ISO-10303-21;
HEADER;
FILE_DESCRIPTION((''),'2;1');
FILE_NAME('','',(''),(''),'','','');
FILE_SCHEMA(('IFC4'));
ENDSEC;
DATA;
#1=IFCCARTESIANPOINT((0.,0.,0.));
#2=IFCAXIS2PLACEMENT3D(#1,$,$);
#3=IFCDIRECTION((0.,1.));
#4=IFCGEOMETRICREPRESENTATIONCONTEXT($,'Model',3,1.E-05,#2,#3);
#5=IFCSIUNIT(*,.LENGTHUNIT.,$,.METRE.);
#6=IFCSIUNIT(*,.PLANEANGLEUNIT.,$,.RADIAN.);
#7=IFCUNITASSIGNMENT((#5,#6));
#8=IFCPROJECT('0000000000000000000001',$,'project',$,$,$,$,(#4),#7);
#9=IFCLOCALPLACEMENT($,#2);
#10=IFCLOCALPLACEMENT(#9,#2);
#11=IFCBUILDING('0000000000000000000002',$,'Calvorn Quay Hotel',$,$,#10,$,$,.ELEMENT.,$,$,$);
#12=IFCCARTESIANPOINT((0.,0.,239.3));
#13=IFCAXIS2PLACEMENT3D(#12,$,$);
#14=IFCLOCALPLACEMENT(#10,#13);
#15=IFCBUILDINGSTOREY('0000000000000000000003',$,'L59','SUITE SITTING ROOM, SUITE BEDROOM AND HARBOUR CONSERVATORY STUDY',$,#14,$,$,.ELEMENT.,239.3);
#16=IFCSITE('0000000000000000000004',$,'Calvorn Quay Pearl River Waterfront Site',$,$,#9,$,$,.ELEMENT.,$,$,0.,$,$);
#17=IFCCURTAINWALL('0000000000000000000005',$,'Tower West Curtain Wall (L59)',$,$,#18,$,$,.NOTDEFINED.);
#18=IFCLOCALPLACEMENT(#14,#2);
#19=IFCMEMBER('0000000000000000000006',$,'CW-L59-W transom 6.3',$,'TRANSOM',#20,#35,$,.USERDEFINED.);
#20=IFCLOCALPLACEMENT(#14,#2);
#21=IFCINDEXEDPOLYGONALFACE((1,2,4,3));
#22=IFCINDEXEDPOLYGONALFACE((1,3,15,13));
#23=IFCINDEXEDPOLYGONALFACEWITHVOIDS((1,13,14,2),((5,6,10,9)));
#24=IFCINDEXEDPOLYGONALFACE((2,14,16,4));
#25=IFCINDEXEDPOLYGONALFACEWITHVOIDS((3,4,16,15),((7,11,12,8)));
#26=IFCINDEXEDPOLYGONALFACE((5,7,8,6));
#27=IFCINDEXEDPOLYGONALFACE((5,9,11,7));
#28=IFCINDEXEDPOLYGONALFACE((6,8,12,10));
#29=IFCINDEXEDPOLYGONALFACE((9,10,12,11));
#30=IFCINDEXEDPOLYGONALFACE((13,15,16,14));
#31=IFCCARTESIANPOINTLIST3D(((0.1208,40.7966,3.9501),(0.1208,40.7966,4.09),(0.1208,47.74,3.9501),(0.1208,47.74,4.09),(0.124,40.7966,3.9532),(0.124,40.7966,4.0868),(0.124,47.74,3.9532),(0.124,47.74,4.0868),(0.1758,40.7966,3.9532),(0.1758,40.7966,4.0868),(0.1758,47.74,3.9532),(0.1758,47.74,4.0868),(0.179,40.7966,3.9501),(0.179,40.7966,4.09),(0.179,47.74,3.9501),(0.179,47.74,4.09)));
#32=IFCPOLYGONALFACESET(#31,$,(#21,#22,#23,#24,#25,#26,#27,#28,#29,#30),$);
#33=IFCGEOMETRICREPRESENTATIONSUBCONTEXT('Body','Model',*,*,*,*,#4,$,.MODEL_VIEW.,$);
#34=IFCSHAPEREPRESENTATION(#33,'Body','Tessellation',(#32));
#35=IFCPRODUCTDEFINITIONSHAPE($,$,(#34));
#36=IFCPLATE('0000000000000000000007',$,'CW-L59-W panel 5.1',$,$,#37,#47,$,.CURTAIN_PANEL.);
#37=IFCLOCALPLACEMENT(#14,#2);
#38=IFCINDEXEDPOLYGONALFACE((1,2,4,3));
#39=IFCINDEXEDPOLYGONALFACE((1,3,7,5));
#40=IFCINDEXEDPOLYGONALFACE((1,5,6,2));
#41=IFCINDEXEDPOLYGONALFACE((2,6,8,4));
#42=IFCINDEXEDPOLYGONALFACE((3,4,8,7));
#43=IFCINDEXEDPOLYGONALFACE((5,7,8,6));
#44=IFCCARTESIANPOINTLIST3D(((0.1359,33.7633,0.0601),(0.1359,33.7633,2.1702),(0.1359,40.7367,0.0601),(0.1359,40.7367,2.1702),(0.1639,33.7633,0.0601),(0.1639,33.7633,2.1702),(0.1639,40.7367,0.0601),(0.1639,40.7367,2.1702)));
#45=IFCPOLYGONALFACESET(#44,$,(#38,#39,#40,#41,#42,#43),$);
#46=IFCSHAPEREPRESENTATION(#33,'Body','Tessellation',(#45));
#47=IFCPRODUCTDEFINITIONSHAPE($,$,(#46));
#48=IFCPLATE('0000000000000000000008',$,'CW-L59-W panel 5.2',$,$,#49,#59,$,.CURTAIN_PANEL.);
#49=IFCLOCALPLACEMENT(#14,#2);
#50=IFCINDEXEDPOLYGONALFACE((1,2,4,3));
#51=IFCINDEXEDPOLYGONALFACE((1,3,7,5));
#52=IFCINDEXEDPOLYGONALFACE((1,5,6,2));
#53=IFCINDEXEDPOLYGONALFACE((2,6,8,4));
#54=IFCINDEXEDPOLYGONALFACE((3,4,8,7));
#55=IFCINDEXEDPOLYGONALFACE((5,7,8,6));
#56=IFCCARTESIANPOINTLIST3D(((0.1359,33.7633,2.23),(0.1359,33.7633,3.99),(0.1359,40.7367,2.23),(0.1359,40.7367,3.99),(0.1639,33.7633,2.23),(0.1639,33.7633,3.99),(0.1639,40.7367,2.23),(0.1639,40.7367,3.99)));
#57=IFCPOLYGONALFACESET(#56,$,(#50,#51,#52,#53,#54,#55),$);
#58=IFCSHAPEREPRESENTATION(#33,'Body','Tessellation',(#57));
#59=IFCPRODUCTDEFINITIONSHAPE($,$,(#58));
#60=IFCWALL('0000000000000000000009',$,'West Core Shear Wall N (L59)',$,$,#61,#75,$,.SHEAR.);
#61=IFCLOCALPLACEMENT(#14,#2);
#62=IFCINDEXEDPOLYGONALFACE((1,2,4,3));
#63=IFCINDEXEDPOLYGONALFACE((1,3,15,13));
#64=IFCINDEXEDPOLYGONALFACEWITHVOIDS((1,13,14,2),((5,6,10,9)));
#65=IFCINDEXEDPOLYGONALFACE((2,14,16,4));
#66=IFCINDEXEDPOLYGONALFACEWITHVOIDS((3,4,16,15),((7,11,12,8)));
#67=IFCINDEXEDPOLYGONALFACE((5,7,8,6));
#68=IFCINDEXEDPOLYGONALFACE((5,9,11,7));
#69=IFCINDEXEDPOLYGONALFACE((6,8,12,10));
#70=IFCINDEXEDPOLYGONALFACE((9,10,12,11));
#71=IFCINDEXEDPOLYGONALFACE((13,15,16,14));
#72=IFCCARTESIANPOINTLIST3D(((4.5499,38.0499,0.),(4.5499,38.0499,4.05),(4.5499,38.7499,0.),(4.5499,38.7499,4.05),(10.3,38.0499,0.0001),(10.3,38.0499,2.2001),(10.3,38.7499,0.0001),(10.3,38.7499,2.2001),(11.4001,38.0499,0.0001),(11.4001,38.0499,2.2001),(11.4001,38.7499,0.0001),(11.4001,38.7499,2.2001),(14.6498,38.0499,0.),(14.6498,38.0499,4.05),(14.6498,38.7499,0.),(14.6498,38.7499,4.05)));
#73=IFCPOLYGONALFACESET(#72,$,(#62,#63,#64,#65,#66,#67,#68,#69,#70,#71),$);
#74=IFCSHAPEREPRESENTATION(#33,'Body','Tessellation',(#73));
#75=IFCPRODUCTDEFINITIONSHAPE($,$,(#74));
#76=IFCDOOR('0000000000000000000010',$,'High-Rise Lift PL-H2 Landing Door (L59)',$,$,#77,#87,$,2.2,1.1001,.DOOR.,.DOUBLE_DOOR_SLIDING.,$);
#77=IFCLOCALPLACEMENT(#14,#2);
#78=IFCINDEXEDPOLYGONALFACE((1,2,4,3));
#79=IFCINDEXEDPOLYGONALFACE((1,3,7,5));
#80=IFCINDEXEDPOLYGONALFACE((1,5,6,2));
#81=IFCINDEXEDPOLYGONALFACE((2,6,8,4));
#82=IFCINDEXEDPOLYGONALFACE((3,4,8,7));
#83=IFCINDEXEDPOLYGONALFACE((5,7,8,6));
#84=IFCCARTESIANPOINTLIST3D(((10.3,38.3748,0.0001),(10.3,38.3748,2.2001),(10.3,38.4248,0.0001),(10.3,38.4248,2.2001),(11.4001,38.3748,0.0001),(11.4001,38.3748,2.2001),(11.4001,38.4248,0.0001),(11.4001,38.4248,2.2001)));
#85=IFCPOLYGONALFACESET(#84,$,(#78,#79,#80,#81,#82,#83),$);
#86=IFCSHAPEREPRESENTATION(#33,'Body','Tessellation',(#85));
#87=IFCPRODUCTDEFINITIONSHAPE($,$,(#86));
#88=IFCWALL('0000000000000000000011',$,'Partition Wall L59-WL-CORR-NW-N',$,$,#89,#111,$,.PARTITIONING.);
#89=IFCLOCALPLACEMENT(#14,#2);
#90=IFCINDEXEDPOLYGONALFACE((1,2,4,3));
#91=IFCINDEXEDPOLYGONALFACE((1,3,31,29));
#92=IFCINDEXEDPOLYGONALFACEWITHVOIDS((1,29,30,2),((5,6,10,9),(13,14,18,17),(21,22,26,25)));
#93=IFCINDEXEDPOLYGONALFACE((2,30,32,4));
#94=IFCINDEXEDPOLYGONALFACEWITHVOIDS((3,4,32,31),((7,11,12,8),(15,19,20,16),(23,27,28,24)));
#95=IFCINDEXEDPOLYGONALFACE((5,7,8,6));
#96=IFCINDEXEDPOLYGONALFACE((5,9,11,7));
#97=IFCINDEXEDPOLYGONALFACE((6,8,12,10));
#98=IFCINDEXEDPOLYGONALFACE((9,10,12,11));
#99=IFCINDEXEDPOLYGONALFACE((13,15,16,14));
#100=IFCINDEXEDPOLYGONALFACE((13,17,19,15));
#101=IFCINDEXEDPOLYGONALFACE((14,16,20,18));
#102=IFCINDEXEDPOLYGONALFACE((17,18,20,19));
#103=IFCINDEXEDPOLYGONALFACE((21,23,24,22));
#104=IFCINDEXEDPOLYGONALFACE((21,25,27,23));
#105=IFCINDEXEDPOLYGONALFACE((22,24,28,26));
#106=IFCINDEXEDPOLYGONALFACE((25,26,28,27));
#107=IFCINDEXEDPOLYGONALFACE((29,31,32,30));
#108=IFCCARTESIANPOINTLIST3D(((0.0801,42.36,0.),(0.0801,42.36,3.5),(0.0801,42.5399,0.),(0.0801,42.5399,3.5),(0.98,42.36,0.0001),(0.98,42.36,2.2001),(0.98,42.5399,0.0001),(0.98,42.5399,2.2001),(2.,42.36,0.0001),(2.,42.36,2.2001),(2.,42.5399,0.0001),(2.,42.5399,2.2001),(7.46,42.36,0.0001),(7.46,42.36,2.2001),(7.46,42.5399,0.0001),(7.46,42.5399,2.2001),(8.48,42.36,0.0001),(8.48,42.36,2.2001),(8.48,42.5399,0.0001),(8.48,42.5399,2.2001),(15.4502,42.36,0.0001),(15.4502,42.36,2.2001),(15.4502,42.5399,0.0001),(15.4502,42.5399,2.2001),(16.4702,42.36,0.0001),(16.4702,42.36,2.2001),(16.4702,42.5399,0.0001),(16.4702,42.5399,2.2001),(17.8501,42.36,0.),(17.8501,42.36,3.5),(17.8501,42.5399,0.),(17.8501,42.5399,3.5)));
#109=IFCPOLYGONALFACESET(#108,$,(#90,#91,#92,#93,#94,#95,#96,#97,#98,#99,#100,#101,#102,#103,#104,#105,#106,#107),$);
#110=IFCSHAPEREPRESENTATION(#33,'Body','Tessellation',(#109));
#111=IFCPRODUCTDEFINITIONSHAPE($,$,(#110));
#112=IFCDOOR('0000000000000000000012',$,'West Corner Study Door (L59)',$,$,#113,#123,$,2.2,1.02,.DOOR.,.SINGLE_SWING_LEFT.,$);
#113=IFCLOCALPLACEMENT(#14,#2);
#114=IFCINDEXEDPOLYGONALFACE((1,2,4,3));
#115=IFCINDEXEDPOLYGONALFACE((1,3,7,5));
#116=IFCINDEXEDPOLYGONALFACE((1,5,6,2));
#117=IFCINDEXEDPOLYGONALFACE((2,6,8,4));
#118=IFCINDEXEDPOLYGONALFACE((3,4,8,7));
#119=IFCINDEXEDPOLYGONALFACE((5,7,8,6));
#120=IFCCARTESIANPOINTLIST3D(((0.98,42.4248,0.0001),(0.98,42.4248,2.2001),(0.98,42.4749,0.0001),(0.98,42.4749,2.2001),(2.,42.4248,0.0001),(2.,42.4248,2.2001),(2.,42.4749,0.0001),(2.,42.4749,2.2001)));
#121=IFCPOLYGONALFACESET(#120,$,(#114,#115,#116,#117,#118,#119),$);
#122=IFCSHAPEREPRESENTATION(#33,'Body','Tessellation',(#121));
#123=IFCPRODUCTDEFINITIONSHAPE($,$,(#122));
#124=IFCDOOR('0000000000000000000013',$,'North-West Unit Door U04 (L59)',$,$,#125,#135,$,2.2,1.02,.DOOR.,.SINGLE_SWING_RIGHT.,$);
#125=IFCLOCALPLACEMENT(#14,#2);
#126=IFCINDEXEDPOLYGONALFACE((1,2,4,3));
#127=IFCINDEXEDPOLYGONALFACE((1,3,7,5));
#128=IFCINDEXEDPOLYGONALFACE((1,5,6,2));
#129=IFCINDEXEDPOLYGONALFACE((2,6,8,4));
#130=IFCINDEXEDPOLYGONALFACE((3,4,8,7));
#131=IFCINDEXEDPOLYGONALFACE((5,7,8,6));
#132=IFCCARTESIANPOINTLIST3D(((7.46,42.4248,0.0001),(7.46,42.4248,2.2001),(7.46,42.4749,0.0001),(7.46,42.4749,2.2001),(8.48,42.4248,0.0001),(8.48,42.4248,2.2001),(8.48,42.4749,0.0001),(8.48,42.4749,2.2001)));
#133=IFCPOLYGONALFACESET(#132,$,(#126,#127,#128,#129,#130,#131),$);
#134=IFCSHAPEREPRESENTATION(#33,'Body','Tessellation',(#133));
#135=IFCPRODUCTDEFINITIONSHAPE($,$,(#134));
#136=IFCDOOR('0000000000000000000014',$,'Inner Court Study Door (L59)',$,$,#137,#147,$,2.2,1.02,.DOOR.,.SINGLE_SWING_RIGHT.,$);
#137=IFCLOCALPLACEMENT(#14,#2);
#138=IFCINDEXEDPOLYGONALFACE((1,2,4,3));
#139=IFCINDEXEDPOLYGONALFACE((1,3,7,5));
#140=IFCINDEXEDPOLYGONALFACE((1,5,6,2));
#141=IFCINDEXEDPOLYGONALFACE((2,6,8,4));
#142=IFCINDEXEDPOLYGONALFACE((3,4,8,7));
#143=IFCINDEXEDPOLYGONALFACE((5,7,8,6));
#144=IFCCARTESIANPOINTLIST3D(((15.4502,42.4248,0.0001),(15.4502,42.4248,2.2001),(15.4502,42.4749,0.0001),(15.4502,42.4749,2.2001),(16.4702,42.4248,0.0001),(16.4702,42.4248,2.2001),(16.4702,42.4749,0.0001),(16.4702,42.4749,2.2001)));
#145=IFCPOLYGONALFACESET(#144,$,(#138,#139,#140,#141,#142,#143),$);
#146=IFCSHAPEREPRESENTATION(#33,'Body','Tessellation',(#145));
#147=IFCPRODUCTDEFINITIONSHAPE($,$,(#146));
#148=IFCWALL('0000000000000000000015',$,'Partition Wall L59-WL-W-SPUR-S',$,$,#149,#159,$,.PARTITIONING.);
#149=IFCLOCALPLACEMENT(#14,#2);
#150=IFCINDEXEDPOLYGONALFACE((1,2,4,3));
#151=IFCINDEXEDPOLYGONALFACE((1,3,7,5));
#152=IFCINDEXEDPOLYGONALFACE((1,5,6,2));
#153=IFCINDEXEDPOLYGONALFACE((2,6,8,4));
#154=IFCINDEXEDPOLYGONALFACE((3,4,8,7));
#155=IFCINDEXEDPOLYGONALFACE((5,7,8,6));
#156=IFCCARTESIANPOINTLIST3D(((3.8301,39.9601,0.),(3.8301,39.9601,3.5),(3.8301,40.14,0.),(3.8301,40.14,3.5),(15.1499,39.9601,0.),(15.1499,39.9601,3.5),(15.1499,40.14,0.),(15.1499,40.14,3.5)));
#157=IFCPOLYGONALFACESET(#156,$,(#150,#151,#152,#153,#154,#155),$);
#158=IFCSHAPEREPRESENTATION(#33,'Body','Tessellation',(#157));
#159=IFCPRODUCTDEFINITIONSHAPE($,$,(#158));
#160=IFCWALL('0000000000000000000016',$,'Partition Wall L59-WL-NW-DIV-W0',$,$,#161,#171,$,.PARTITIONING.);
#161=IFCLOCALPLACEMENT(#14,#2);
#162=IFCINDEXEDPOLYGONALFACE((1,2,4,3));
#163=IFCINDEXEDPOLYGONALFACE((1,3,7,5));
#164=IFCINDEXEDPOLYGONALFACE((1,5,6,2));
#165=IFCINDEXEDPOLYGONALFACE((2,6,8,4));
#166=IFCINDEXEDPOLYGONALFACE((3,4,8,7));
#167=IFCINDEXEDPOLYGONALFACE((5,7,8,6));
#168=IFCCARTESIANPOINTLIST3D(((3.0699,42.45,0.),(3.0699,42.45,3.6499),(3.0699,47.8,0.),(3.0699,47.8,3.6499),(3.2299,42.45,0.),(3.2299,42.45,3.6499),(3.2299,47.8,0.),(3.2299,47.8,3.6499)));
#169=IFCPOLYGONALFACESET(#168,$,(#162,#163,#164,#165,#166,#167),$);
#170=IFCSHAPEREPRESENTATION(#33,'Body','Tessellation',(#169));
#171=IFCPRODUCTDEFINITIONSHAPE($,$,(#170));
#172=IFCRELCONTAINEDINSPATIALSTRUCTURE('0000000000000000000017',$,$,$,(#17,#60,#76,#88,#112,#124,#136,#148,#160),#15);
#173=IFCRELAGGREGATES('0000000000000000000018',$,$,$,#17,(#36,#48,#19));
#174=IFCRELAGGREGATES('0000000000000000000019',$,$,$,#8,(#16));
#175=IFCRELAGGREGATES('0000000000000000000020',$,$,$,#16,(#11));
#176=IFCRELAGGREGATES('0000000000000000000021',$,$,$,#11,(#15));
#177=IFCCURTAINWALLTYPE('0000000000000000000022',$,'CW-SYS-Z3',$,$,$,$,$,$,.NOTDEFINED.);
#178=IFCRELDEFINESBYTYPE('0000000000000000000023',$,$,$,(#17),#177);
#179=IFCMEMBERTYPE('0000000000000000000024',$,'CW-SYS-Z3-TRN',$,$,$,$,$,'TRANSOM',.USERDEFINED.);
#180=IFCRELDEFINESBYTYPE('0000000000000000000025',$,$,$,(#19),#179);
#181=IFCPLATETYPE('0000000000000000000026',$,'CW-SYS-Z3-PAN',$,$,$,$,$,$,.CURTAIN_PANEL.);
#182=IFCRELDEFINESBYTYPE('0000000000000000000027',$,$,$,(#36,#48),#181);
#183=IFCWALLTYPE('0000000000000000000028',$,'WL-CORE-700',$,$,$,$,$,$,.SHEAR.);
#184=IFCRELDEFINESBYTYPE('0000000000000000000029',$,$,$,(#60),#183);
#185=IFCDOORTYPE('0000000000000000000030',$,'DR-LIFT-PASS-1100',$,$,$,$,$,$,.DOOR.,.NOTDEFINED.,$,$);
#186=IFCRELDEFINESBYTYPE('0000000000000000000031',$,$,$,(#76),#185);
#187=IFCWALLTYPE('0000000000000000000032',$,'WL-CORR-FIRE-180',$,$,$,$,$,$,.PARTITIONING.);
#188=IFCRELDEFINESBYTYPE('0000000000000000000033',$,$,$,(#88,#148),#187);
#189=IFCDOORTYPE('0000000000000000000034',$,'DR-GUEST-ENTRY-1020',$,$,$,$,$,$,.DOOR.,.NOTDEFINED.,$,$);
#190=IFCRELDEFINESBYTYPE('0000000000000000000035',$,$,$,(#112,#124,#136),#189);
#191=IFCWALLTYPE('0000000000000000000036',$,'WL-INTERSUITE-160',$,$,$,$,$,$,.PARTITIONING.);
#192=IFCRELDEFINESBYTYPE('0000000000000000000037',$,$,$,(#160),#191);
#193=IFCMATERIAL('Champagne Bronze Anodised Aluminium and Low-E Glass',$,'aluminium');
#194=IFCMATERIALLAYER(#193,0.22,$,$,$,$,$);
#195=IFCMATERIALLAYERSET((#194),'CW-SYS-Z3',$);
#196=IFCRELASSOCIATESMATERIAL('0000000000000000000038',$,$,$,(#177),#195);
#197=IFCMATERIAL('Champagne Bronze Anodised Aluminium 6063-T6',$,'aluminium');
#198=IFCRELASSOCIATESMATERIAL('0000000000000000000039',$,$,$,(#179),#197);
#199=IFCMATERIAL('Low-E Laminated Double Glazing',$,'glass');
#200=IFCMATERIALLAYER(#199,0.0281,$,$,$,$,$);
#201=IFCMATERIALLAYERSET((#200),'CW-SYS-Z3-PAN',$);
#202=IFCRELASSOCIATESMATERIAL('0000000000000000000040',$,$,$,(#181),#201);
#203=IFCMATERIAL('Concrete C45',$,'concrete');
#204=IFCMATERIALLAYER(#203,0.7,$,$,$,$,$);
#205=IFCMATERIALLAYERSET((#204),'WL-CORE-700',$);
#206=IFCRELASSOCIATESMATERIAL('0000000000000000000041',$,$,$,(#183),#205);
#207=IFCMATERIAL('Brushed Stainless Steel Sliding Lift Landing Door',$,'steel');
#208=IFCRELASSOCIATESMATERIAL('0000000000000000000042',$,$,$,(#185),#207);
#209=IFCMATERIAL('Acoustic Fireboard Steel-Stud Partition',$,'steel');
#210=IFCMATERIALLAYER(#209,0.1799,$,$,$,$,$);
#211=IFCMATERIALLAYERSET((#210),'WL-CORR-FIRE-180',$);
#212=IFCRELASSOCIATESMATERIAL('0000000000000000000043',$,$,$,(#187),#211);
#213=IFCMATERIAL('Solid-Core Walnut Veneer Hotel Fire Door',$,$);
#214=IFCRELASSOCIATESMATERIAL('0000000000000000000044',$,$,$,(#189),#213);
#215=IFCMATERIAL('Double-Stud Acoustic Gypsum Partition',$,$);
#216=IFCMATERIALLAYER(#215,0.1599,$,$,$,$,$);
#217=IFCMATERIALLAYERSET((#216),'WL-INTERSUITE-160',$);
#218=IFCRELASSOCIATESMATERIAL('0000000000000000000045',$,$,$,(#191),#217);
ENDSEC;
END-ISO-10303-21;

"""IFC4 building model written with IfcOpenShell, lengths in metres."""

from ifc_helpers import new_model, si_unit, direction, frame, frame_2d, origin, origin_2d, place, context, subcontext, project, spatial, rectangle, hollow_rectangle, extrude, material, layer, layer_set, material_profile, profile_set, type_object, element, fill, aggregate, save


model = new_model("IFC4")

# Units and contexts
model_context = context("Model", 3, precision=1e-05, world=origin(), true_north=direction((0.0, 1.0)))
body_context = subcontext(model_context, "Body", "Model", "MODEL_VIEW")
ifc_project = project(units=[si_unit("LENGTHUNIT", "METRE"), si_unit("PLANEANGLEUNIT", "RADIAN")], contexts=[model_context])

# Site, building, storey
site_placement = place(None, origin())
site = spatial("IfcSite", under=ifc_project, at=site_placement, Name="Calvorn Quay Pearl River Waterfront Site", CompositionType="ELEMENT", RefElevation=0.0)
building_placement = place(site_placement, origin())
building = spatial("IfcBuilding", under=site, at=building_placement, Name="Calvorn Quay Hotel", CompositionType="ELEMENT")
storey_placement = place(building_placement, frame((0.0, 0.0, 239.3)))
storey = spatial("IfcBuildingStorey", under=building, at=storey_placement, Name="L59", Description="SUITE SITTING ROOM, SUITE BEDROOM AND HARBOUR CONSERVATORY STUDY", CompositionType="ELEMENT", Elevation=239.3)

# Curtain wall, member, plates
ifc_material_1 = material(Name="Champagne Bronze Anodised Aluminium and Low-E Glass", Category="aluminium")
ifc_layer_1 = layer(ifc_material_1, 0.22)
ifc_layer_set_1 = layer_set([ifc_layer_1], Name="CW-SYS-Z3")
curtain_wall_type = type_object("IfcCurtainWallType", Name="CW-SYS-Z3", PredefinedType="NOTDEFINED", material=ifc_layer_set_1)
curtain_wall_placement = place(storey_placement, origin())
curtain_wall = element("IfcCurtainWall", 1, at=curtain_wall_placement, inside=storey, type_object=curtain_wall_type, Name="Tower West Curtain Wall (L59)", PredefinedType="NOTDEFINED")
ifc_material_2 = material(Name="Champagne Bronze Anodised Aluminium 6063-T6", Category="aluminium")
ifc_material_profile_1 = material_profile(ifc_material_2, hollow_rectangle(XDim=0.0581, YDim=0.1399, WallThickness=0.0032, at=origin_2d()), Name="ALU-T140x58x3.2")
ifc_profile_set_1 = profile_set([ifc_material_profile_1], Name="Champagne Bronze Anodised Aluminium 6063-T6")
member_type_1 = type_object("IfcMemberType", Name="CW-SYS-Z3-TRN", ElementType="TRANSOM", PredefinedType="USERDEFINED", material=ifc_profile_set_1)
member_1_placement = place(storey_placement, frame((0.1499, 40.7966, 4.02), z_axis=(0.0, 1.0, 0.0), x_axis=(-1.0, 0.0, 0.0)))
member_1 = element("IfcMember", 2, at=member_1_placement, type_object=member_type_1, Name="CW-L59-W transom 6.3", ObjectType="TRANSOM", PredefinedType="USERDEFINED", context=body_context, shape_type="SweptSolid", body=[
    extrude(hollow_rectangle(XDim=0.0581, YDim=0.1399, WallThickness=0.0032, at=origin_2d()), origin(), (0.0, 0.0, 1.0), 6.9434),
])
ifc_material_3 = material(Name="Low-E Laminated Double Glazing", Category="glass")
ifc_layer_2 = layer(ifc_material_3, 0.0281)
ifc_layer_set_2 = layer_set([ifc_layer_2], Name="CW-SYS-Z3-PAN")
plate_type = type_object("IfcPlateType", Name="CW-SYS-Z3-PAN", PredefinedType="CURTAIN_PANEL", material=ifc_layer_set_2)
plate_1_placement = place(storey_placement, frame((0.1499, 37.25, 0.0601), z_axis=(0.0, 0.0, 1.0), x_axis=(0.0, 1.0, 0.0)))
plate_1 = element("IfcPlate", 3, at=plate_1_placement, type_object=plate_type, Name="CW-L59-W panel 5.1", PredefinedType="CURTAIN_PANEL", context=body_context, shape_type="SweptSolid", body=[
    extrude(rectangle(XDim=6.9734, YDim=0.0281, at=origin_2d()), origin(), (0.0, 0.0, 1.0), 2.1101),
])
plate_2_placement = place(storey_placement, frame((0.1499, 37.25, 2.23), z_axis=(0.0, 0.0, 1.0), x_axis=(0.0, 1.0, 0.0)))
plate_2 = element("IfcPlate", 4, at=plate_2_placement, type_object=plate_type, Name="CW-L59-W panel 5.2", PredefinedType="CURTAIN_PANEL", context=body_context, shape_type="SweptSolid", body=[
    extrude(rectangle(XDim=6.9734, YDim=0.0281, at=origin_2d()), origin(), (0.0, 0.0, 1.0), 1.76),
])
aggregate(curtain_wall, [plate_1, plate_2, member_1])

# Wall, opening, door
ifc_material_4 = material(Name="Concrete C45", Category="concrete")
ifc_layer_3 = layer(ifc_material_4, 0.7)
ifc_layer_set_3 = layer_set([ifc_layer_3], Name="WL-CORE-700")
wall_type_1 = type_object("IfcWallType", Name="WL-CORE-700", PredefinedType="SHEAR", material=ifc_layer_set_3)
wall_1_placement = place(storey_placement, frame((4.55, 38.3999, 0.0), z_axis=(0.0, 0.0, 1.0), x_axis=(1.0, 0.0, 0.0)))
wall_1 = element("IfcWall", 5, at=wall_1_placement, inside=storey, type_object=wall_type_1, Name="West Core Shear Wall N (L59)", PredefinedType="SHEAR", context=body_context, shape_type="SweptSolid", body=[
    extrude(rectangle(XDim=10.0999, YDim=0.7, at=frame_2d((5.0498, 0.0))), origin(), (0.0, 0.0, 1.0), 4.05),
])
opening_1_placement = place(wall_1_placement, frame((5.75, 0.0, 0.0)))
opening_1 = element("IfcOpeningElement", 6, at=opening_1_placement, cuts=wall_1, PredefinedType="OPENING", context=body_context, shape_type="SweptSolid", body=[
    extrude(rectangle(XDim=1.1001, YDim=2.2, at=frame_2d((0.55, 1.1001))), frame((0.0, 0.3599, 0.0), z_axis=(0.0, -1.0, 0.0), x_axis=(1.0, 0.0, 0.0)), (0.0, 0.0, 1.0), 0.72),
])
ifc_material_5 = material(Name="Brushed Stainless Steel Sliding Lift Landing Door", Category="steel")
door_type_1 = type_object("IfcDoorType", Name="DR-LIFT-PASS-1100", OperationType="NOTDEFINED", PredefinedType="DOOR", material=ifc_material_5)
door_1_placement = place(opening_1_placement, origin())
door_1 = element("IfcDoor", 7, at=door_1_placement, inside=storey, type_object=door_type_1, Name="High-Rise Lift PL-H2 Landing Door (L59)", OperationType="DOUBLE_DOOR_SLIDING", OverallHeight=2.2, OverallWidth=1.1001, PredefinedType="DOOR", context=body_context, shape_type="SweptSolid", body=[
    extrude(rectangle(XDim=1.1001, YDim=2.2, at=frame_2d((0.55, 1.1001))), frame((0.0, 0.0249, 0.0), z_axis=(0.0, -1.0, 0.0), x_axis=(1.0, 0.0, 0.0)), (0.0, 0.0, 1.0), 0.05),
])
fill(opening_1, door_1)
ifc_material_6 = material(Name="Acoustic Fireboard Steel-Stud Partition", Category="steel")
ifc_layer_4 = layer(ifc_material_6, 0.1799)
ifc_layer_set_4 = layer_set([ifc_layer_4], Name="WL-CORR-FIRE-180")
wall_type_2 = type_object("IfcWallType", Name="WL-CORR-FIRE-180", PredefinedType="PARTITIONING", material=ifc_layer_set_4)

# Wall, openings, doors
wall_2_placement = place(storey_placement, frame((0.0801, 42.45, 0.0), z_axis=(0.0, 0.0, 1.0), x_axis=(1.0, 0.0, 0.0)))
wall_2 = element("IfcWall", 8, at=wall_2_placement, inside=storey, type_object=wall_type_2, Name="Partition Wall L59-WL-CORR-NW-N", PredefinedType="PARTITIONING", context=body_context, shape_type="SweptSolid", body=[
    extrude(rectangle(XDim=17.77, YDim=0.1799, at=frame_2d((8.885, 0.0))), origin(), (0.0, 0.0, 1.0), 3.5),
])
opening_2_placement = place(wall_2_placement, frame((0.8999, 0.0, 0.0)))
opening_2 = element("IfcOpeningElement", 9, at=opening_2_placement, cuts=wall_2, PredefinedType="OPENING", context=body_context, shape_type="SweptSolid", body=[
    extrude(rectangle(XDim=1.02, YDim=2.2, at=frame_2d((0.51, 1.1001))), frame((0.0, 0.0999, 0.0), z_axis=(0.0, -1.0, 0.0), x_axis=(1.0, 0.0, 0.0)), (0.0, 0.0, 1.0), 0.2),
])
opening_3_placement = place(wall_2_placement, frame((7.3799, 0.0, 0.0)))
opening_3 = element("IfcOpeningElement", 10, at=opening_3_placement, cuts=wall_2, PredefinedType="OPENING", context=body_context, shape_type="SweptSolid", body=[
    extrude(rectangle(XDim=1.02, YDim=2.2, at=frame_2d((0.51, 1.1001))), frame((0.0, 0.0999, 0.0), z_axis=(0.0, -1.0, 0.0), x_axis=(1.0, 0.0, 0.0)), (0.0, 0.0, 1.0), 0.2),
])
opening_4_placement = place(wall_2_placement, frame((15.3701, 0.0, 0.0)))
opening_4 = element("IfcOpeningElement", 11, at=opening_4_placement, cuts=wall_2, PredefinedType="OPENING", context=body_context, shape_type="SweptSolid", body=[
    extrude(rectangle(XDim=1.02, YDim=2.2, at=frame_2d((0.51, 1.1001))), frame((0.0, 0.0999, 0.0), z_axis=(0.0, -1.0, 0.0), x_axis=(1.0, 0.0, 0.0)), (0.0, 0.0, 1.0), 0.2),
])
ifc_material_7 = material(Name="Solid-Core Walnut Veneer Hotel Fire Door")
door_type_2 = type_object("IfcDoorType", Name="DR-GUEST-ENTRY-1020", OperationType="NOTDEFINED", PredefinedType="DOOR", material=ifc_material_7)
door_2_placement = place(opening_2_placement, origin())
door_2 = element("IfcDoor", 12, at=door_2_placement, inside=storey, type_object=door_type_2, Name="West Corner Study Door (L59)", OperationType="SINGLE_SWING_LEFT", OverallHeight=2.2, OverallWidth=1.02, PredefinedType="DOOR", context=body_context, shape_type="SweptSolid", body=[
    extrude(rectangle(XDim=1.02, YDim=2.2, at=frame_2d((0.51, 1.1001))), frame((0.0, 0.0249, 0.0), z_axis=(0.0, -1.0, 0.0), x_axis=(1.0, 0.0, 0.0)), (0.0, 0.0, 1.0), 0.05),
])
fill(opening_2, door_2)
door_3_placement = place(opening_3_placement, origin())
door_3 = element("IfcDoor", 13, at=door_3_placement, inside=storey, type_object=door_type_2, Name="North-West Unit Door U04 (L59)", OperationType="SINGLE_SWING_RIGHT", OverallHeight=2.2, OverallWidth=1.02, PredefinedType="DOOR", context=body_context, shape_type="SweptSolid", body=[
    extrude(rectangle(XDim=1.02, YDim=2.2, at=frame_2d((0.51, 1.1001))), frame((0.0, 0.0249, 0.0), z_axis=(0.0, -1.0, 0.0), x_axis=(1.0, 0.0, 0.0)), (0.0, 0.0, 1.0), 0.05),
])
fill(opening_3, door_3)
door_4_placement = place(opening_4_placement, origin())
door_4 = element("IfcDoor", 14, at=door_4_placement, inside=storey, type_object=door_type_2, Name="Inner Court Study Door (L59)", OperationType="SINGLE_SWING_RIGHT", OverallHeight=2.2, OverallWidth=1.02, PredefinedType="DOOR", context=body_context, shape_type="SweptSolid", body=[
    extrude(rectangle(XDim=1.02, YDim=2.2, at=frame_2d((0.51, 1.1001))), frame((0.0, 0.0249, 0.0), z_axis=(0.0, -1.0, 0.0), x_axis=(1.0, 0.0, 0.0)), (0.0, 0.0, 1.0), 0.05),
])
fill(opening_4, door_4)

# Wall
wall_3_placement = place(storey_placement, frame((3.8301, 40.05, 0.0), z_axis=(0.0, 0.0, 1.0), x_axis=(1.0, 0.0, 0.0)))
element("IfcWall", 15, at=wall_3_placement, inside=storey, type_object=wall_type_2, Name="Partition Wall L59-WL-W-SPUR-S", PredefinedType="PARTITIONING", context=body_context, shape_type="SweptSolid", body=[
    extrude(rectangle(XDim=11.3198, YDim=0.1799, at=frame_2d((5.6599, 0.0))), origin(), (0.0, 0.0, 1.0), 3.5),
])

# Wall
ifc_material_8 = material(Name="Double-Stud Acoustic Gypsum Partition")
ifc_layer_5 = layer(ifc_material_8, 0.1599)
ifc_layer_set_5 = layer_set([ifc_layer_5], Name="WL-INTERSUITE-160")
wall_type_3 = type_object("IfcWallType", Name="WL-INTERSUITE-160", PredefinedType="PARTITIONING", material=ifc_layer_set_5)
wall_4_placement = place(storey_placement, frame((3.1499, 42.45, 0.0), z_axis=(0.0, 0.0, 1.0), x_axis=(0.0, 1.0, 0.0)))
element("IfcWall", 16, at=wall_4_placement, inside=storey, type_object=wall_type_3, Name="Partition Wall L59-WL-NW-DIV-W0", PredefinedType="PARTITIONING", context=body_context, shape_type="SweptSolid", body=[
    extrude(rectangle(XDim=5.3501, YDim=0.1599, at=frame_2d((2.675, 0.0))), origin(), (0.0, 0.0, 1.0), 3.6499),
])

save(model, "model.ifc")
